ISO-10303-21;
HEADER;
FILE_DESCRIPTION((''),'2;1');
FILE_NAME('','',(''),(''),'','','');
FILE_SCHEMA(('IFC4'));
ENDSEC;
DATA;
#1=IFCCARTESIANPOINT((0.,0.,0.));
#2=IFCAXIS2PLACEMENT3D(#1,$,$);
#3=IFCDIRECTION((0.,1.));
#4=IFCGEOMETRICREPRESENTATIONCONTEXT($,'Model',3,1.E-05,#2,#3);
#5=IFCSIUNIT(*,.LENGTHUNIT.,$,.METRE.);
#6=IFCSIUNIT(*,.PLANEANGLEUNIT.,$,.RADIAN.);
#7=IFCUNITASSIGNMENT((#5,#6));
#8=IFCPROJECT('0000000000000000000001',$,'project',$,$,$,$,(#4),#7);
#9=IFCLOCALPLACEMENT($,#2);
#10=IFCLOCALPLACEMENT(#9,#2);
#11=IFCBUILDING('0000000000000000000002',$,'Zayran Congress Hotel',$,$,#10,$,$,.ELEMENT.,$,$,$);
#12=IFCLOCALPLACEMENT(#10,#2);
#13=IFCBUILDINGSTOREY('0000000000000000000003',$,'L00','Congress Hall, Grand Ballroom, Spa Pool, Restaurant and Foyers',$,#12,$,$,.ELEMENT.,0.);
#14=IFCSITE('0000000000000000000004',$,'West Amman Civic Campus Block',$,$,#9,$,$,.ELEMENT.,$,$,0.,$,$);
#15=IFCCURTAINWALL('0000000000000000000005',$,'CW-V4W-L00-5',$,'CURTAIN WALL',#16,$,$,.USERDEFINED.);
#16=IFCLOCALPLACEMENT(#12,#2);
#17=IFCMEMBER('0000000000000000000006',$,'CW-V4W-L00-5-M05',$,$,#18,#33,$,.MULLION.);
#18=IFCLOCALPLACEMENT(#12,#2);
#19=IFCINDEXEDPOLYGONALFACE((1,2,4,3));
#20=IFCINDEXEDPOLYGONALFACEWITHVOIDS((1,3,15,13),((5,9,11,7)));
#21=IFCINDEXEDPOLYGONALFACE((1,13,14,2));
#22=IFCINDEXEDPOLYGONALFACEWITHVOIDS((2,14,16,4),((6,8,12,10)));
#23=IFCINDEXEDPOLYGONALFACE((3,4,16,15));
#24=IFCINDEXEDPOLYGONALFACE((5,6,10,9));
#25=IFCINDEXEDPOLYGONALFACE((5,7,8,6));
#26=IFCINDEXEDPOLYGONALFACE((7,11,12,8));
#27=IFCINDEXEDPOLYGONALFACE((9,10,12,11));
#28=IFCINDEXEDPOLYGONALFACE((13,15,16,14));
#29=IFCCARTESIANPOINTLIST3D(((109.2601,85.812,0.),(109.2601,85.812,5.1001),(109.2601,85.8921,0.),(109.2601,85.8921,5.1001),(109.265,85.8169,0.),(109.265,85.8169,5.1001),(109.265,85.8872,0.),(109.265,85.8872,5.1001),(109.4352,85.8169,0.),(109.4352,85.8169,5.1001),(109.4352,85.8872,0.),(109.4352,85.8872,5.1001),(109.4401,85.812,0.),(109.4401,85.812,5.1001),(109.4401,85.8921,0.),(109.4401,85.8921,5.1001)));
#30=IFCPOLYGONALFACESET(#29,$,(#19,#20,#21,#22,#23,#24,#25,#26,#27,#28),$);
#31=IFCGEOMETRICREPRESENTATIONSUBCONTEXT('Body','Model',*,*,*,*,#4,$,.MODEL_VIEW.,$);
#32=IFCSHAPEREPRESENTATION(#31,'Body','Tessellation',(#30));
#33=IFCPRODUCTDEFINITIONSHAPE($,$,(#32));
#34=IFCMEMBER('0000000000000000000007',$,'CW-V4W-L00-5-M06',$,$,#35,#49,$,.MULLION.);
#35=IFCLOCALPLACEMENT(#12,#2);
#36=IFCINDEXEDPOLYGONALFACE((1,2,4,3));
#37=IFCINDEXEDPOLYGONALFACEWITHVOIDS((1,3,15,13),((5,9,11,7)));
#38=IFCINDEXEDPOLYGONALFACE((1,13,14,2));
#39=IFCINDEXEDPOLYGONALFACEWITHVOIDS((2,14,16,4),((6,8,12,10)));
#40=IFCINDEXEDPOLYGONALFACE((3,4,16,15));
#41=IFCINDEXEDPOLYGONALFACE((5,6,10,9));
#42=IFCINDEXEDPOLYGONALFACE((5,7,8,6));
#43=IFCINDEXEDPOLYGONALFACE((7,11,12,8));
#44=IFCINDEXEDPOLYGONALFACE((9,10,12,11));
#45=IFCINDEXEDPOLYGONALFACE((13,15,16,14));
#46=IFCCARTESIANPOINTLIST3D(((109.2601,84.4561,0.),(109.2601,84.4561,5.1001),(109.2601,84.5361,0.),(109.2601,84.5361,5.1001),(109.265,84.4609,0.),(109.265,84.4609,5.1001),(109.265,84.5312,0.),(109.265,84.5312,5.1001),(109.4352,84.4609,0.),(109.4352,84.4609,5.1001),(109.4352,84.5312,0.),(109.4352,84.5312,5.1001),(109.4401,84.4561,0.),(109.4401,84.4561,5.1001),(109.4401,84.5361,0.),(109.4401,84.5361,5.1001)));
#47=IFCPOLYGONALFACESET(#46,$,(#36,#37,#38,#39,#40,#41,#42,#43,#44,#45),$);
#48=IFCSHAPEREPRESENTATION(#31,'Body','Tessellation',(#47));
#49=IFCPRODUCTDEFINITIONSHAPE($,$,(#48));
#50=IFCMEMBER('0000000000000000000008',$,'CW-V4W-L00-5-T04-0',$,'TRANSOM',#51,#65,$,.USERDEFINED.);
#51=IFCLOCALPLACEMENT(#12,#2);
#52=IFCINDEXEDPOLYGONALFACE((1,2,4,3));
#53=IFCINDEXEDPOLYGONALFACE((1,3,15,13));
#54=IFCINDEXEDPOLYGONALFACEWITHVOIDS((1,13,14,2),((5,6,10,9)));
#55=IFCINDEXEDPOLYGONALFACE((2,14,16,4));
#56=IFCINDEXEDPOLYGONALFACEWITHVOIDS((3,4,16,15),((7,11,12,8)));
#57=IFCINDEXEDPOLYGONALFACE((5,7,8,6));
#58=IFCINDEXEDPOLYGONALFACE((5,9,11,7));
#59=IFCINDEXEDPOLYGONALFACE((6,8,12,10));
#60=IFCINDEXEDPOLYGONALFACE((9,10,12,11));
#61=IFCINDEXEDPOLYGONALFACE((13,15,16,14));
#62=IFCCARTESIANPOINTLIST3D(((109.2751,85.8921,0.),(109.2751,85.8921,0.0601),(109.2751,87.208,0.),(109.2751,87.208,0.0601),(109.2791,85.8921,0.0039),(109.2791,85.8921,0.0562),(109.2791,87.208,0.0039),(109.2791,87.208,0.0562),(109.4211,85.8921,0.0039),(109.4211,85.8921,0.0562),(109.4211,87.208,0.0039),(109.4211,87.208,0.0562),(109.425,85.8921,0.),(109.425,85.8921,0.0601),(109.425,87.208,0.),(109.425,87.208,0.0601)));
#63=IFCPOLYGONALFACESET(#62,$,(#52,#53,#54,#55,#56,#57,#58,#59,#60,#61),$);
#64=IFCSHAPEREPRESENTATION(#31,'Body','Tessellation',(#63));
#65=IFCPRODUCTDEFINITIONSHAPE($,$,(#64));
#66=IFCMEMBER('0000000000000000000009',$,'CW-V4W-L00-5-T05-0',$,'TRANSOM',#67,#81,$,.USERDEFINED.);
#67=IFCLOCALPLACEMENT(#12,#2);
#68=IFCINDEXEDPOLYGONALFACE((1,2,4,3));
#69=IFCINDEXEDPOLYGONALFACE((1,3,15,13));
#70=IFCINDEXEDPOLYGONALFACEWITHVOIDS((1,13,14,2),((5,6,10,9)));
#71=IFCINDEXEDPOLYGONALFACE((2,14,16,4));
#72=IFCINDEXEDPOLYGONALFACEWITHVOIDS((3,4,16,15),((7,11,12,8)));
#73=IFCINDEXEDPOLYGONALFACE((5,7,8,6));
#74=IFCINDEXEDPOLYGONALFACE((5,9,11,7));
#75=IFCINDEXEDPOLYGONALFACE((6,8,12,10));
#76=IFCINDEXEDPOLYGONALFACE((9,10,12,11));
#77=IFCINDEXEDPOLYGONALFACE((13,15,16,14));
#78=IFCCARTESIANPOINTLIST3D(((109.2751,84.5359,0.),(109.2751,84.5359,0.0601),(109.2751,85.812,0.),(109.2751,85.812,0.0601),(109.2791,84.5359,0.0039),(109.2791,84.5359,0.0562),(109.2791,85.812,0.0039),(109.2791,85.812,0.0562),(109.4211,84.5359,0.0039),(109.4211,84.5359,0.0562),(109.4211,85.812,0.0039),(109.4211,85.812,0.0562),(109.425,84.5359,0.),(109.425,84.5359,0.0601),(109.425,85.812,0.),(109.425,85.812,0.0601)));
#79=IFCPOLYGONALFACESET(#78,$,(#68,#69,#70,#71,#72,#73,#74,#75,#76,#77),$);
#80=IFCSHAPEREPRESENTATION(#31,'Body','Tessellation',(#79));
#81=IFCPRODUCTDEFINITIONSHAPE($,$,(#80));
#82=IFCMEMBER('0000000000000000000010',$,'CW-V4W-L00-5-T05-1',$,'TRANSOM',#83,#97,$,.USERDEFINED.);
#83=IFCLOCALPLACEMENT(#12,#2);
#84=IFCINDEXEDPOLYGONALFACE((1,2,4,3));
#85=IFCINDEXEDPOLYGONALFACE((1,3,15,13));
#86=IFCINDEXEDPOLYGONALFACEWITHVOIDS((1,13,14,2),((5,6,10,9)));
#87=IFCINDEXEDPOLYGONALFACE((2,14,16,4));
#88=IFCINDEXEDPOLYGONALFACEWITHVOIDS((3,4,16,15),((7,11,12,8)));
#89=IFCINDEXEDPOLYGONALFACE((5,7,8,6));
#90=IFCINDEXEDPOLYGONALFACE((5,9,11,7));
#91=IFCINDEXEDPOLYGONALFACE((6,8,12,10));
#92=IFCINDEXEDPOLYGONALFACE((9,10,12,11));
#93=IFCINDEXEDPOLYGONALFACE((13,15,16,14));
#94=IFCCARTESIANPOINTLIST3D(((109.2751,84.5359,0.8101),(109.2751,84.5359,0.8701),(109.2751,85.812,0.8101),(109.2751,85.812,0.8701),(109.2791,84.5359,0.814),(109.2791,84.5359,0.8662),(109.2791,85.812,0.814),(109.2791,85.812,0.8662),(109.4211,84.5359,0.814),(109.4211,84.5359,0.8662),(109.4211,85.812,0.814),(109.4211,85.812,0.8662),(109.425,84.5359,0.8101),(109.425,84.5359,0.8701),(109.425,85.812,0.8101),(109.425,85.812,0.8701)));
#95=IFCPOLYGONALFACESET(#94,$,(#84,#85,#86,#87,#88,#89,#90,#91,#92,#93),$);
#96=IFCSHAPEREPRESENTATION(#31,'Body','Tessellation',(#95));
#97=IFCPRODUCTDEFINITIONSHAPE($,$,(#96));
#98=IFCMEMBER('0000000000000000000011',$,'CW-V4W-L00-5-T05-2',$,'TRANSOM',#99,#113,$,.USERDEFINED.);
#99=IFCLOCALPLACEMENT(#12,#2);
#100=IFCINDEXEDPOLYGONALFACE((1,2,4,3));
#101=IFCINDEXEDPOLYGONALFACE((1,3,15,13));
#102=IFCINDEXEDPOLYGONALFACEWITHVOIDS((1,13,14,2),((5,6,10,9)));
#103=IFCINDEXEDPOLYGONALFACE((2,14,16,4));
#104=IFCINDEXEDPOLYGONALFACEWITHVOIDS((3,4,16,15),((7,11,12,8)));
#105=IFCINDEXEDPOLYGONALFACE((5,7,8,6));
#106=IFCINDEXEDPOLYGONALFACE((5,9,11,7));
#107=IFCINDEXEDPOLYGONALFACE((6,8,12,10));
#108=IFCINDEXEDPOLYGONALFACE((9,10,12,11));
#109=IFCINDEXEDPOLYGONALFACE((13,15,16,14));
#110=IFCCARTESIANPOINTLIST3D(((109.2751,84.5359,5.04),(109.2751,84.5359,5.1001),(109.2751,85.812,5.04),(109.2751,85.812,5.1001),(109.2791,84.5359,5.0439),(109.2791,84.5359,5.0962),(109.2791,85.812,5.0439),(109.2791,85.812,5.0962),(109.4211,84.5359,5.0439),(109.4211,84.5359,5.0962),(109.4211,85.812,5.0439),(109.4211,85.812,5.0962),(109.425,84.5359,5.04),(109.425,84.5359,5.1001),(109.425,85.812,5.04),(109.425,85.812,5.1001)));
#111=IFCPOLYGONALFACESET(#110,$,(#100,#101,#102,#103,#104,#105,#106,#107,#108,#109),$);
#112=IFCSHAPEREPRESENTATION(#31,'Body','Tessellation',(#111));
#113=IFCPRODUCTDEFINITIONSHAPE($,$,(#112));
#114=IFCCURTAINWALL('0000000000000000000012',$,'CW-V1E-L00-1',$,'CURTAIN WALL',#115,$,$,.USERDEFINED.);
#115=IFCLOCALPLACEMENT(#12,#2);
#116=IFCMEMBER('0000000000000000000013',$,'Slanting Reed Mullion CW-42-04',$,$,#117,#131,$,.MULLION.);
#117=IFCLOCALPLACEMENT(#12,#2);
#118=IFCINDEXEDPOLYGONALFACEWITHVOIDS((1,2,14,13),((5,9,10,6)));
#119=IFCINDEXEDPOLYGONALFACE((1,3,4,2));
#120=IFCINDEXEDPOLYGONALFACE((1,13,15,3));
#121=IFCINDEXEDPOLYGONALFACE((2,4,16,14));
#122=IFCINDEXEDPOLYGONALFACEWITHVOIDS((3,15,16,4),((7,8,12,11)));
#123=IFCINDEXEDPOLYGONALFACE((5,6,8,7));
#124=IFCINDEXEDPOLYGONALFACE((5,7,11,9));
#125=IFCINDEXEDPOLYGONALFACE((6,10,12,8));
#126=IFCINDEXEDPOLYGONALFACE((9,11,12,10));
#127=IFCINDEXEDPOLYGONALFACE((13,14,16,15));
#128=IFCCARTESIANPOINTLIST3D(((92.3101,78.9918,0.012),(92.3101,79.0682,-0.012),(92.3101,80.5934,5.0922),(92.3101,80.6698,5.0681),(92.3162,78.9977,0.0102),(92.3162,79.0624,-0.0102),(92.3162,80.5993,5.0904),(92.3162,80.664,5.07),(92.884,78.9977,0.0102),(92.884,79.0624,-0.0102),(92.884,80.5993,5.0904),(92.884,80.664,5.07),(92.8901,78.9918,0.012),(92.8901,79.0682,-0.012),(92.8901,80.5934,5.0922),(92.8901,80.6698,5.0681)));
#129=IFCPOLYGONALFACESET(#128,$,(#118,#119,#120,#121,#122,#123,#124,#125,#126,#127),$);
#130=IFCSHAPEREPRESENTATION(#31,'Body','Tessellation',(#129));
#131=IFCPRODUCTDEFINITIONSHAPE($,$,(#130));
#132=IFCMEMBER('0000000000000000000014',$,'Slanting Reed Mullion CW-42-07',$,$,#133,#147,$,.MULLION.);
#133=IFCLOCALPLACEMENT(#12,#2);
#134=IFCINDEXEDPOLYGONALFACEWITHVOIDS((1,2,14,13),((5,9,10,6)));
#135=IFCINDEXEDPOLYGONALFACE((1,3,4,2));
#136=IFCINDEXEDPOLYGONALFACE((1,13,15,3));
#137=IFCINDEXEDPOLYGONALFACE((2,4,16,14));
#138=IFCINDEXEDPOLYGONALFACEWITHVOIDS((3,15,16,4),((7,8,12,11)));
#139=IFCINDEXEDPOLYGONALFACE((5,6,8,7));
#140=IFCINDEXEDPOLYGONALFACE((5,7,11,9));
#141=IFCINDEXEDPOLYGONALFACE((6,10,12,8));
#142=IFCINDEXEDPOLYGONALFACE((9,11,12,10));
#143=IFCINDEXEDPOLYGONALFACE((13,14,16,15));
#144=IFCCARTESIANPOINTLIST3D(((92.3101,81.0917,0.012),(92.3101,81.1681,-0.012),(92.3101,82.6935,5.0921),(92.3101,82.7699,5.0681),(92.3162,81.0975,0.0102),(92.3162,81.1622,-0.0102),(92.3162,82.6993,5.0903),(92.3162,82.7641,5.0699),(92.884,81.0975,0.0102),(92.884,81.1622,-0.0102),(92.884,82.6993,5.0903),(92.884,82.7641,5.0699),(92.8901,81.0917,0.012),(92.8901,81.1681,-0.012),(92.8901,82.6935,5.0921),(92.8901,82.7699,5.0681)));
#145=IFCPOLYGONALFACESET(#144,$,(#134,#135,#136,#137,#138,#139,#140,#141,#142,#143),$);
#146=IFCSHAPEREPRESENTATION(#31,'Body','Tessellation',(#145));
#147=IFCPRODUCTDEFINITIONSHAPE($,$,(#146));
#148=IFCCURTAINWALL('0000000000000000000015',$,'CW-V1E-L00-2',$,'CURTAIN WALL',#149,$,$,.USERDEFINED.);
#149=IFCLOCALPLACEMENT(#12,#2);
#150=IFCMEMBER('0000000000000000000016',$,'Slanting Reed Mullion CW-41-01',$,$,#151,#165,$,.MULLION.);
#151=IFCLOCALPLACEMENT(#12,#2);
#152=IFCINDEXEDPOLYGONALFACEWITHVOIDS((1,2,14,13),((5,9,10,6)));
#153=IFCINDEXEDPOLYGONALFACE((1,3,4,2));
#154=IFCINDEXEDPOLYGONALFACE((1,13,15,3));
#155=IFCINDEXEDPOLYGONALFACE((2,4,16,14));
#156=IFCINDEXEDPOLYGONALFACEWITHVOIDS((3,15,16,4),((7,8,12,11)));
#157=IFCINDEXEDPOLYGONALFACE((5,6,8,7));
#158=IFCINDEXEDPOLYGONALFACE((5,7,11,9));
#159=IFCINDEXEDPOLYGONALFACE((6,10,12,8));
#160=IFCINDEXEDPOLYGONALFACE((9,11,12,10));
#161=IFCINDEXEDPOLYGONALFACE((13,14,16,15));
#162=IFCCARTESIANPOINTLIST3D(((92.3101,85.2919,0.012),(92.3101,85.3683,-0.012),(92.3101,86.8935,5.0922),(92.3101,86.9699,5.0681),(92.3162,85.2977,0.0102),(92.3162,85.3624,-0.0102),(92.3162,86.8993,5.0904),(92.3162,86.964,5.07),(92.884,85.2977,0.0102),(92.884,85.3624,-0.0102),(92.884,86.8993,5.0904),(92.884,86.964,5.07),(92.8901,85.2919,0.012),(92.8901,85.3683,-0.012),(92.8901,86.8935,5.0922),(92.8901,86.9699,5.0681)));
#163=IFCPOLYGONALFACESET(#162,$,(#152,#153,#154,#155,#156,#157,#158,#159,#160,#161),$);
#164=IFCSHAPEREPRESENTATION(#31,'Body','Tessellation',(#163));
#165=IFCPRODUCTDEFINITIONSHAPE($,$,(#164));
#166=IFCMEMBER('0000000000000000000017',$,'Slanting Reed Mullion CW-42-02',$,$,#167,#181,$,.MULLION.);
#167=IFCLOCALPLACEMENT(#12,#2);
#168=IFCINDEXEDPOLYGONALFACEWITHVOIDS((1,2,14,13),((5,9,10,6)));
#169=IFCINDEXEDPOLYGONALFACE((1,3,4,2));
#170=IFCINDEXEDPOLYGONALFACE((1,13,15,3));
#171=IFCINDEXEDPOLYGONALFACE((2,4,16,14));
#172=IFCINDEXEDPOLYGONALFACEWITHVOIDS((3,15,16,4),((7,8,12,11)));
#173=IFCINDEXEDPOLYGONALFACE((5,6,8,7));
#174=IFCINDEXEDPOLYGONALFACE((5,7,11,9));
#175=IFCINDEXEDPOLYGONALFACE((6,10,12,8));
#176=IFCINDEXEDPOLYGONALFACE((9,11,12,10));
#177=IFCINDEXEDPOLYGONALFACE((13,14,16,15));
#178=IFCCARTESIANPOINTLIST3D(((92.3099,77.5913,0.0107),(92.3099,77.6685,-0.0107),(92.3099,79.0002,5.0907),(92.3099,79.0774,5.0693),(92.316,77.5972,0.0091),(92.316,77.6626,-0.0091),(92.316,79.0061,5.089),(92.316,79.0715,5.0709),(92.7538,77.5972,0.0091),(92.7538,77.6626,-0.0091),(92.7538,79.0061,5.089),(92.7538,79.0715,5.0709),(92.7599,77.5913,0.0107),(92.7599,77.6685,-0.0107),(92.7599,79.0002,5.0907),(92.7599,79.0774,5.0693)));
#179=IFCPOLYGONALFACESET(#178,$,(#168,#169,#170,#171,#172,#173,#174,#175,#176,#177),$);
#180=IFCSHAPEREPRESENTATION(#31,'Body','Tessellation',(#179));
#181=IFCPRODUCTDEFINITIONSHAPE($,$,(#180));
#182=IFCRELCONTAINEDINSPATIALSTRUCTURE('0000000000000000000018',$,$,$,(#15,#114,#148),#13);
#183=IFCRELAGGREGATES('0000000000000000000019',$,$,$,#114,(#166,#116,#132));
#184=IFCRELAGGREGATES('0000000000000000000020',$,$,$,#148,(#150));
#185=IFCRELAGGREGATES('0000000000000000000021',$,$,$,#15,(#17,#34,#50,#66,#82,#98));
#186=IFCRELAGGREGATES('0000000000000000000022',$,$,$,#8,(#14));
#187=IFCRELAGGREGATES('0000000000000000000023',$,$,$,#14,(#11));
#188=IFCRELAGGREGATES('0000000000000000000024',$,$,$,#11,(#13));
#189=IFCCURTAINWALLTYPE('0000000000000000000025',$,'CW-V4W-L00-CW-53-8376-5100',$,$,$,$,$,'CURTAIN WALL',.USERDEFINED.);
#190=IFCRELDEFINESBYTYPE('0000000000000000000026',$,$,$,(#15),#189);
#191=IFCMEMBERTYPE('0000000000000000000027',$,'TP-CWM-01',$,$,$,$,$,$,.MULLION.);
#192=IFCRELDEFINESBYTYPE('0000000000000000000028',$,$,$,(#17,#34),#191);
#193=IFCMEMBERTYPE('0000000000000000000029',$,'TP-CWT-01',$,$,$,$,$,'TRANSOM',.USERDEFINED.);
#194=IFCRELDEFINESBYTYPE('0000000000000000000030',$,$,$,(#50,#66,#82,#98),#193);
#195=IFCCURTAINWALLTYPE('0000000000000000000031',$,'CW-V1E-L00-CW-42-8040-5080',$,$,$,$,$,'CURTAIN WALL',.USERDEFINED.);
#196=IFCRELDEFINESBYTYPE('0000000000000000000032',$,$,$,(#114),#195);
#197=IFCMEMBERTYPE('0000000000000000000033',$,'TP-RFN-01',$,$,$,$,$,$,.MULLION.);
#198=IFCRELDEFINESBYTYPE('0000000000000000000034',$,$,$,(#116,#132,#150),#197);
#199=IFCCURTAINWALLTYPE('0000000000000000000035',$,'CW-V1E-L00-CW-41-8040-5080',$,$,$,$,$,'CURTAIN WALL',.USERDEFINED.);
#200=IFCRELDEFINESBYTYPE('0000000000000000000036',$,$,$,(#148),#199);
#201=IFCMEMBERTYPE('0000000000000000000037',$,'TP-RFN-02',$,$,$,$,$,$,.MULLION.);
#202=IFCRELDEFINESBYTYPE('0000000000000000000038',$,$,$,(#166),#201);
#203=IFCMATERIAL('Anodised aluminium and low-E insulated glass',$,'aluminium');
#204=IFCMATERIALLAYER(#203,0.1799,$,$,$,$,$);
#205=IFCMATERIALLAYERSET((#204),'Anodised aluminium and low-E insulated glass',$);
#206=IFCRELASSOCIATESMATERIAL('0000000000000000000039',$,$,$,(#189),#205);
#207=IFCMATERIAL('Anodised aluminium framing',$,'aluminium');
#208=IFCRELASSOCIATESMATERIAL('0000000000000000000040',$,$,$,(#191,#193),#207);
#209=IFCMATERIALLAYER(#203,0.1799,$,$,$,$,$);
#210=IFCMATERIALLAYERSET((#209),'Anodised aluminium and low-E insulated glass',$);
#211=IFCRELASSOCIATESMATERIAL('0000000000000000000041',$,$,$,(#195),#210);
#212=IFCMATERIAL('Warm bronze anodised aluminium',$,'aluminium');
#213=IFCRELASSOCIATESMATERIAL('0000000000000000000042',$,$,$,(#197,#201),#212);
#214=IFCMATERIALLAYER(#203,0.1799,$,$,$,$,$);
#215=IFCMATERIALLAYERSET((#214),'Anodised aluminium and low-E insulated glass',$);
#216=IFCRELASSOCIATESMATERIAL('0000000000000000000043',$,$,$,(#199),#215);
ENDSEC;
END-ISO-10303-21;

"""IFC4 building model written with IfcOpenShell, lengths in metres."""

from ifc_helpers import new_model, si_unit, direction, frame, origin, origin_2d, place, context, subcontext, project, spatial, hollow_rectangle, extrude, material, layer, layer_set, material_profile, profile_set, type_object, element, aggregate, save


model = new_model("IFC4")

# Units and contexts
model_context = context("Model", 3, precision=1e-05, world=origin(), true_north=direction((0.0, 1.0)))
body_context = subcontext(model_context, "Body", "Model", "MODEL_VIEW")
ifc_project = project(units=[si_unit("LENGTHUNIT", "METRE"), si_unit("PLANEANGLEUNIT", "RADIAN")], contexts=[model_context])

# Site, building, storey
site_placement = place(None, origin())
site = spatial("IfcSite", under=ifc_project, at=site_placement, Name="West Amman Civic Campus Block", CompositionType="ELEMENT", RefElevation=0.0)
building_placement = place(site_placement, origin())
building = spatial("IfcBuilding", under=site, at=building_placement, Name="Zayran Congress Hotel", CompositionType="ELEMENT")
storey_placement = place(building_placement, origin())
storey = spatial("IfcBuildingStorey", under=building, at=storey_placement, Name="L00", Description="Congress Hall, Grand Ballroom, Spa Pool, Restaurant and Foyers", CompositionType="ELEMENT", Elevation=0.0)

# Curtain walls, members
ifc_material_1 = material(Name="Anodised aluminium and low-E insulated glass", Category="aluminium")
ifc_layer_1 = layer(ifc_material_1, 0.1799)
ifc_layer_set_1 = layer_set([ifc_layer_1], Name="Anodised aluminium and low-E insulated glass")
curtain_wall_type_1 = type_object("IfcCurtainWallType", Name="CW-V4W-L00-CW-53-8376-5100", ElementType="CURTAIN WALL", PredefinedType="USERDEFINED", material=ifc_layer_set_1)
curtain_wall_1_placement = place(storey_placement, origin())
curtain_wall_1 = element("IfcCurtainWall", 1, at=curtain_wall_1_placement, inside=storey, type_object=curtain_wall_type_1, Name="CW-V4W-L00-5", ObjectType="CURTAIN WALL", PredefinedType="USERDEFINED")
ifc_material_2 = material(Name="Anodised aluminium framing", Category="aluminium")
ifc_material_profile_1 = material_profile(ifc_material_2, hollow_rectangle(XDim=0.0801, YDim=0.1799, WallThickness=0.0049, at=origin_2d()), Name="RHS 180x80x5")
ifc_profile_set_1 = profile_set([ifc_material_profile_1], Name="Anodised aluminium framing")
member_type_1 = type_object("IfcMemberType", Name="TP-CWM-01", PredefinedType="MULLION", material=ifc_profile_set_1)
member_1_placement = place(storey_placement, frame((109.3501, 85.8521, 0.0), z_axis=(0.0, 0.0, 1.0), x_axis=(0.0, 1.0, 0.0)))
member_1 = element("IfcMember", 2, at=member_1_placement, type_object=member_type_1, Name="CW-V4W-L00-5-M05", PredefinedType="MULLION", context=body_context, shape_type="SweptSolid", body=[
    extrude(hollow_rectangle(XDim=0.0801, YDim=0.1799, WallThickness=0.0049, at=origin_2d()), origin(), (0.0, 0.0, 1.0), 5.1001),
])
member_2_placement = place(storey_placement, frame((109.3501, 84.4961, 0.0), z_axis=(0.0, 0.0, 1.0), x_axis=(0.0, 1.0, 0.0)))
member_2 = element("IfcMember", 3, at=member_2_placement, type_object=member_type_1, Name="CW-V4W-L00-5-M06", PredefinedType="MULLION", context=body_context, shape_type="SweptSolid", body=[
    extrude(hollow_rectangle(XDim=0.0801, YDim=0.1799, WallThickness=0.0049, at=origin_2d()), origin(), (0.0, 0.0, 1.0), 5.1001),
])
ifc_material_profile_2 = material_profile(ifc_material_2, hollow_rectangle(XDim=0.0601, YDim=0.1499, WallThickness=0.0039, at=origin_2d()), Name="RHS 150x60x4")
ifc_profile_set_2 = profile_set([ifc_material_profile_2], Name="Anodised aluminium framing")
member_type_2 = type_object("IfcMemberType", Name="TP-CWT-01", ElementType="TRANSOM", PredefinedType="USERDEFINED", material=ifc_profile_set_2)
member_3_placement = place(storey_placement, frame((109.3501, 87.208, 0.03), z_axis=(0.0, -1.0, 0.0), x_axis=(0.0, 0.0, 1.0)))
member_3 = element("IfcMember", 4, at=member_3_placement, type_object=member_type_2, Name="CW-V4W-L00-5-T04-0", ObjectType="TRANSOM", PredefinedType="USERDEFINED", context=body_context, shape_type="SweptSolid", body=[
    extrude(hollow_rectangle(XDim=0.0601, YDim=0.1499, WallThickness=0.0039, at=origin_2d()), origin(), (0.0, 0.0, 1.0), 1.3159),
])
member_4_placement = place(storey_placement, frame((109.3501, 85.812, 0.03), z_axis=(0.0, -1.0, 0.0), x_axis=(0.0, 0.0, 1.0)))
member_4 = element("IfcMember", 5, at=member_4_placement, type_object=member_type_2, Name="CW-V4W-L00-5-T05-0", ObjectType="TRANSOM", PredefinedType="USERDEFINED", context=body_context, shape_type="SweptSolid", body=[
    extrude(hollow_rectangle(XDim=0.0601, YDim=0.1499, WallThickness=0.0039, at=origin_2d()), origin(), (0.0, 0.0, 1.0), 1.2761),
])
member_5_placement = place(storey_placement, frame((109.3501, 85.812, 0.8401), z_axis=(0.0, -1.0, 0.0), x_axis=(0.0, 0.0, 1.0)))
member_5 = element("IfcMember", 6, at=member_5_placement, type_object=member_type_2, Name="CW-V4W-L00-5-T05-1", ObjectType="TRANSOM", PredefinedType="USERDEFINED", context=body_context, shape_type="SweptSolid", body=[
    extrude(hollow_rectangle(XDim=0.0601, YDim=0.1499, WallThickness=0.0039, at=origin_2d()), origin(), (0.0, 0.0, 1.0), 1.2761),
])
member_6_placement = place(storey_placement, frame((109.3501, 85.812, 5.0701), z_axis=(0.0, -1.0, 0.0), x_axis=(0.0, 0.0, 1.0)))
member_6 = element("IfcMember", 7, at=member_6_placement, type_object=member_type_2, Name="CW-V4W-L00-5-T05-2", ObjectType="TRANSOM", PredefinedType="USERDEFINED", context=body_context, shape_type="SweptSolid", body=[
    extrude(hollow_rectangle(XDim=0.0601, YDim=0.1499, WallThickness=0.0039, at=origin_2d()), origin(), (0.0, 0.0, 1.0), 1.2761),
])
ifc_layer_2 = layer(ifc_material_1, 0.1799)
ifc_layer_set_2 = layer_set([ifc_layer_2], Name="Anodised aluminium and low-E insulated glass")
curtain_wall_type_2 = type_object("IfcCurtainWallType", Name="CW-V1E-L00-CW-42-8040-5080", ElementType="CURTAIN WALL", PredefinedType="USERDEFINED", material=ifc_layer_set_2)
curtain_wall_2_placement = place(storey_placement, origin())
curtain_wall_2 = element("IfcCurtainWall", 8, at=curtain_wall_2_placement, inside=storey, type_object=curtain_wall_type_2, Name="CW-V1E-L00-1", ObjectType="CURTAIN WALL", PredefinedType="USERDEFINED")
ifc_material_3 = material(Name="Warm bronze anodised aluminium", Category="aluminium")
ifc_material_profile_3 = material_profile(ifc_material_3, hollow_rectangle(XDim=0.0801, YDim=0.5801, WallThickness=0.0061, at=origin_2d()), Name="RHS 580x80x6")
ifc_profile_set_3 = profile_set([ifc_material_profile_3], Name="Warm bronze anodised aluminium")
member_type_3 = type_object("IfcMemberType", Name="TP-RFN-01", PredefinedType="MULLION", material=ifc_profile_set_3)
member_7_placement = place(storey_placement, frame((92.6001, 79.03, 0.0), z_axis=(0.0, 0.300675, 0.953727), x_axis=(0.0, -0.953727, 0.300675)))
member_7 = element("IfcMember", 9, at=member_7_placement, type_object=member_type_3, Name="Slanting Reed Mullion CW-42-04", PredefinedType="MULLION", context=body_context, shape_type="SweptSolid", body=[
    extrude(hollow_rectangle(XDim=0.0801, YDim=0.5801, WallThickness=0.0061, at=origin_2d()), origin(), (0.0, 0.0, 1.0), 5.3267),
])
member_8_placement = place(storey_placement, frame((92.6001, 81.1299, 0.0), z_axis=(0.0, 0.300717, 0.953713), x_axis=(0.0, -0.953713, 0.300717)))
member_8 = element("IfcMember", 10, at=member_8_placement, type_object=member_type_3, Name="Slanting Reed Mullion CW-42-07", PredefinedType="MULLION", context=body_context, shape_type="SweptSolid", body=[
    extrude(hollow_rectangle(XDim=0.0801, YDim=0.5801, WallThickness=0.0061, at=origin_2d()), origin(), (0.0, 0.0, 1.0), 5.3267),
])

# Curtain wall, member
ifc_layer_3 = layer(ifc_material_1, 0.1799)
ifc_layer_set_3 = layer_set([ifc_layer_3], Name="Anodised aluminium and low-E insulated glass")
curtain_wall_type_3 = type_object("IfcCurtainWallType", Name="CW-V1E-L00-CW-41-8040-5080", ElementType="CURTAIN WALL", PredefinedType="USERDEFINED", material=ifc_layer_set_3)
curtain_wall_3_placement = place(storey_placement, origin())
curtain_wall_3 = element("IfcCurtainWall", 11, at=curtain_wall_3_placement, inside=storey, type_object=curtain_wall_type_3, Name="CW-V1E-L00-2", ObjectType="CURTAIN WALL", PredefinedType="USERDEFINED")
member_9_placement = place(storey_placement, frame((92.6001, 85.3301, 0.0), z_axis=(0.0, 0.300675, 0.953727), x_axis=(0.0, -0.953727, 0.300675)))
member_9 = element("IfcMember", 12, at=member_9_placement, type_object=member_type_3, Name="Slanting Reed Mullion CW-41-01", PredefinedType="MULLION", context=body_context, shape_type="SweptSolid", body=[
    extrude(hollow_rectangle(XDim=0.0801, YDim=0.5801, WallThickness=0.0061, at=origin_2d()), origin(), (0.0, 0.0, 1.0), 5.3267),
])

# Member
ifc_material_profile_4 = material_profile(ifc_material_3, hollow_rectangle(XDim=0.0801, YDim=0.45, WallThickness=0.0061, at=origin_2d()), Name="RHS 450x80x6")
ifc_profile_set_4 = profile_set([ifc_material_profile_4], Name="Warm bronze anodised aluminium")
member_type_4 = type_object("IfcMemberType", Name="TP-RFN-02", PredefinedType="MULLION", material=ifc_profile_set_4)
member_10_placement = place(storey_placement, frame((92.5349, 77.6299, 0.0), z_axis=(0.0, 0.267257, 0.963625), x_axis=(0.0, -0.963625, 0.267257)))
member_10 = element("IfcMember", 13, at=member_10_placement, type_object=member_type_4, Name="Slanting Reed Mullion CW-42-02", PredefinedType="MULLION", context=body_context, shape_type="SweptSolid", body=[
    extrude(hollow_rectangle(XDim=0.0801, YDim=0.45, WallThickness=0.0061, at=origin_2d()), origin(), (0.0, 0.0, 1.0), 5.2717),
])
aggregate(curtain_wall_2, [member_10, member_7, member_8])
aggregate(curtain_wall_3, [member_9])

aggregate(curtain_wall_1, [member_1, member_2, member_3, member_4, member_5, member_6])

save(model, "model.ifc")
